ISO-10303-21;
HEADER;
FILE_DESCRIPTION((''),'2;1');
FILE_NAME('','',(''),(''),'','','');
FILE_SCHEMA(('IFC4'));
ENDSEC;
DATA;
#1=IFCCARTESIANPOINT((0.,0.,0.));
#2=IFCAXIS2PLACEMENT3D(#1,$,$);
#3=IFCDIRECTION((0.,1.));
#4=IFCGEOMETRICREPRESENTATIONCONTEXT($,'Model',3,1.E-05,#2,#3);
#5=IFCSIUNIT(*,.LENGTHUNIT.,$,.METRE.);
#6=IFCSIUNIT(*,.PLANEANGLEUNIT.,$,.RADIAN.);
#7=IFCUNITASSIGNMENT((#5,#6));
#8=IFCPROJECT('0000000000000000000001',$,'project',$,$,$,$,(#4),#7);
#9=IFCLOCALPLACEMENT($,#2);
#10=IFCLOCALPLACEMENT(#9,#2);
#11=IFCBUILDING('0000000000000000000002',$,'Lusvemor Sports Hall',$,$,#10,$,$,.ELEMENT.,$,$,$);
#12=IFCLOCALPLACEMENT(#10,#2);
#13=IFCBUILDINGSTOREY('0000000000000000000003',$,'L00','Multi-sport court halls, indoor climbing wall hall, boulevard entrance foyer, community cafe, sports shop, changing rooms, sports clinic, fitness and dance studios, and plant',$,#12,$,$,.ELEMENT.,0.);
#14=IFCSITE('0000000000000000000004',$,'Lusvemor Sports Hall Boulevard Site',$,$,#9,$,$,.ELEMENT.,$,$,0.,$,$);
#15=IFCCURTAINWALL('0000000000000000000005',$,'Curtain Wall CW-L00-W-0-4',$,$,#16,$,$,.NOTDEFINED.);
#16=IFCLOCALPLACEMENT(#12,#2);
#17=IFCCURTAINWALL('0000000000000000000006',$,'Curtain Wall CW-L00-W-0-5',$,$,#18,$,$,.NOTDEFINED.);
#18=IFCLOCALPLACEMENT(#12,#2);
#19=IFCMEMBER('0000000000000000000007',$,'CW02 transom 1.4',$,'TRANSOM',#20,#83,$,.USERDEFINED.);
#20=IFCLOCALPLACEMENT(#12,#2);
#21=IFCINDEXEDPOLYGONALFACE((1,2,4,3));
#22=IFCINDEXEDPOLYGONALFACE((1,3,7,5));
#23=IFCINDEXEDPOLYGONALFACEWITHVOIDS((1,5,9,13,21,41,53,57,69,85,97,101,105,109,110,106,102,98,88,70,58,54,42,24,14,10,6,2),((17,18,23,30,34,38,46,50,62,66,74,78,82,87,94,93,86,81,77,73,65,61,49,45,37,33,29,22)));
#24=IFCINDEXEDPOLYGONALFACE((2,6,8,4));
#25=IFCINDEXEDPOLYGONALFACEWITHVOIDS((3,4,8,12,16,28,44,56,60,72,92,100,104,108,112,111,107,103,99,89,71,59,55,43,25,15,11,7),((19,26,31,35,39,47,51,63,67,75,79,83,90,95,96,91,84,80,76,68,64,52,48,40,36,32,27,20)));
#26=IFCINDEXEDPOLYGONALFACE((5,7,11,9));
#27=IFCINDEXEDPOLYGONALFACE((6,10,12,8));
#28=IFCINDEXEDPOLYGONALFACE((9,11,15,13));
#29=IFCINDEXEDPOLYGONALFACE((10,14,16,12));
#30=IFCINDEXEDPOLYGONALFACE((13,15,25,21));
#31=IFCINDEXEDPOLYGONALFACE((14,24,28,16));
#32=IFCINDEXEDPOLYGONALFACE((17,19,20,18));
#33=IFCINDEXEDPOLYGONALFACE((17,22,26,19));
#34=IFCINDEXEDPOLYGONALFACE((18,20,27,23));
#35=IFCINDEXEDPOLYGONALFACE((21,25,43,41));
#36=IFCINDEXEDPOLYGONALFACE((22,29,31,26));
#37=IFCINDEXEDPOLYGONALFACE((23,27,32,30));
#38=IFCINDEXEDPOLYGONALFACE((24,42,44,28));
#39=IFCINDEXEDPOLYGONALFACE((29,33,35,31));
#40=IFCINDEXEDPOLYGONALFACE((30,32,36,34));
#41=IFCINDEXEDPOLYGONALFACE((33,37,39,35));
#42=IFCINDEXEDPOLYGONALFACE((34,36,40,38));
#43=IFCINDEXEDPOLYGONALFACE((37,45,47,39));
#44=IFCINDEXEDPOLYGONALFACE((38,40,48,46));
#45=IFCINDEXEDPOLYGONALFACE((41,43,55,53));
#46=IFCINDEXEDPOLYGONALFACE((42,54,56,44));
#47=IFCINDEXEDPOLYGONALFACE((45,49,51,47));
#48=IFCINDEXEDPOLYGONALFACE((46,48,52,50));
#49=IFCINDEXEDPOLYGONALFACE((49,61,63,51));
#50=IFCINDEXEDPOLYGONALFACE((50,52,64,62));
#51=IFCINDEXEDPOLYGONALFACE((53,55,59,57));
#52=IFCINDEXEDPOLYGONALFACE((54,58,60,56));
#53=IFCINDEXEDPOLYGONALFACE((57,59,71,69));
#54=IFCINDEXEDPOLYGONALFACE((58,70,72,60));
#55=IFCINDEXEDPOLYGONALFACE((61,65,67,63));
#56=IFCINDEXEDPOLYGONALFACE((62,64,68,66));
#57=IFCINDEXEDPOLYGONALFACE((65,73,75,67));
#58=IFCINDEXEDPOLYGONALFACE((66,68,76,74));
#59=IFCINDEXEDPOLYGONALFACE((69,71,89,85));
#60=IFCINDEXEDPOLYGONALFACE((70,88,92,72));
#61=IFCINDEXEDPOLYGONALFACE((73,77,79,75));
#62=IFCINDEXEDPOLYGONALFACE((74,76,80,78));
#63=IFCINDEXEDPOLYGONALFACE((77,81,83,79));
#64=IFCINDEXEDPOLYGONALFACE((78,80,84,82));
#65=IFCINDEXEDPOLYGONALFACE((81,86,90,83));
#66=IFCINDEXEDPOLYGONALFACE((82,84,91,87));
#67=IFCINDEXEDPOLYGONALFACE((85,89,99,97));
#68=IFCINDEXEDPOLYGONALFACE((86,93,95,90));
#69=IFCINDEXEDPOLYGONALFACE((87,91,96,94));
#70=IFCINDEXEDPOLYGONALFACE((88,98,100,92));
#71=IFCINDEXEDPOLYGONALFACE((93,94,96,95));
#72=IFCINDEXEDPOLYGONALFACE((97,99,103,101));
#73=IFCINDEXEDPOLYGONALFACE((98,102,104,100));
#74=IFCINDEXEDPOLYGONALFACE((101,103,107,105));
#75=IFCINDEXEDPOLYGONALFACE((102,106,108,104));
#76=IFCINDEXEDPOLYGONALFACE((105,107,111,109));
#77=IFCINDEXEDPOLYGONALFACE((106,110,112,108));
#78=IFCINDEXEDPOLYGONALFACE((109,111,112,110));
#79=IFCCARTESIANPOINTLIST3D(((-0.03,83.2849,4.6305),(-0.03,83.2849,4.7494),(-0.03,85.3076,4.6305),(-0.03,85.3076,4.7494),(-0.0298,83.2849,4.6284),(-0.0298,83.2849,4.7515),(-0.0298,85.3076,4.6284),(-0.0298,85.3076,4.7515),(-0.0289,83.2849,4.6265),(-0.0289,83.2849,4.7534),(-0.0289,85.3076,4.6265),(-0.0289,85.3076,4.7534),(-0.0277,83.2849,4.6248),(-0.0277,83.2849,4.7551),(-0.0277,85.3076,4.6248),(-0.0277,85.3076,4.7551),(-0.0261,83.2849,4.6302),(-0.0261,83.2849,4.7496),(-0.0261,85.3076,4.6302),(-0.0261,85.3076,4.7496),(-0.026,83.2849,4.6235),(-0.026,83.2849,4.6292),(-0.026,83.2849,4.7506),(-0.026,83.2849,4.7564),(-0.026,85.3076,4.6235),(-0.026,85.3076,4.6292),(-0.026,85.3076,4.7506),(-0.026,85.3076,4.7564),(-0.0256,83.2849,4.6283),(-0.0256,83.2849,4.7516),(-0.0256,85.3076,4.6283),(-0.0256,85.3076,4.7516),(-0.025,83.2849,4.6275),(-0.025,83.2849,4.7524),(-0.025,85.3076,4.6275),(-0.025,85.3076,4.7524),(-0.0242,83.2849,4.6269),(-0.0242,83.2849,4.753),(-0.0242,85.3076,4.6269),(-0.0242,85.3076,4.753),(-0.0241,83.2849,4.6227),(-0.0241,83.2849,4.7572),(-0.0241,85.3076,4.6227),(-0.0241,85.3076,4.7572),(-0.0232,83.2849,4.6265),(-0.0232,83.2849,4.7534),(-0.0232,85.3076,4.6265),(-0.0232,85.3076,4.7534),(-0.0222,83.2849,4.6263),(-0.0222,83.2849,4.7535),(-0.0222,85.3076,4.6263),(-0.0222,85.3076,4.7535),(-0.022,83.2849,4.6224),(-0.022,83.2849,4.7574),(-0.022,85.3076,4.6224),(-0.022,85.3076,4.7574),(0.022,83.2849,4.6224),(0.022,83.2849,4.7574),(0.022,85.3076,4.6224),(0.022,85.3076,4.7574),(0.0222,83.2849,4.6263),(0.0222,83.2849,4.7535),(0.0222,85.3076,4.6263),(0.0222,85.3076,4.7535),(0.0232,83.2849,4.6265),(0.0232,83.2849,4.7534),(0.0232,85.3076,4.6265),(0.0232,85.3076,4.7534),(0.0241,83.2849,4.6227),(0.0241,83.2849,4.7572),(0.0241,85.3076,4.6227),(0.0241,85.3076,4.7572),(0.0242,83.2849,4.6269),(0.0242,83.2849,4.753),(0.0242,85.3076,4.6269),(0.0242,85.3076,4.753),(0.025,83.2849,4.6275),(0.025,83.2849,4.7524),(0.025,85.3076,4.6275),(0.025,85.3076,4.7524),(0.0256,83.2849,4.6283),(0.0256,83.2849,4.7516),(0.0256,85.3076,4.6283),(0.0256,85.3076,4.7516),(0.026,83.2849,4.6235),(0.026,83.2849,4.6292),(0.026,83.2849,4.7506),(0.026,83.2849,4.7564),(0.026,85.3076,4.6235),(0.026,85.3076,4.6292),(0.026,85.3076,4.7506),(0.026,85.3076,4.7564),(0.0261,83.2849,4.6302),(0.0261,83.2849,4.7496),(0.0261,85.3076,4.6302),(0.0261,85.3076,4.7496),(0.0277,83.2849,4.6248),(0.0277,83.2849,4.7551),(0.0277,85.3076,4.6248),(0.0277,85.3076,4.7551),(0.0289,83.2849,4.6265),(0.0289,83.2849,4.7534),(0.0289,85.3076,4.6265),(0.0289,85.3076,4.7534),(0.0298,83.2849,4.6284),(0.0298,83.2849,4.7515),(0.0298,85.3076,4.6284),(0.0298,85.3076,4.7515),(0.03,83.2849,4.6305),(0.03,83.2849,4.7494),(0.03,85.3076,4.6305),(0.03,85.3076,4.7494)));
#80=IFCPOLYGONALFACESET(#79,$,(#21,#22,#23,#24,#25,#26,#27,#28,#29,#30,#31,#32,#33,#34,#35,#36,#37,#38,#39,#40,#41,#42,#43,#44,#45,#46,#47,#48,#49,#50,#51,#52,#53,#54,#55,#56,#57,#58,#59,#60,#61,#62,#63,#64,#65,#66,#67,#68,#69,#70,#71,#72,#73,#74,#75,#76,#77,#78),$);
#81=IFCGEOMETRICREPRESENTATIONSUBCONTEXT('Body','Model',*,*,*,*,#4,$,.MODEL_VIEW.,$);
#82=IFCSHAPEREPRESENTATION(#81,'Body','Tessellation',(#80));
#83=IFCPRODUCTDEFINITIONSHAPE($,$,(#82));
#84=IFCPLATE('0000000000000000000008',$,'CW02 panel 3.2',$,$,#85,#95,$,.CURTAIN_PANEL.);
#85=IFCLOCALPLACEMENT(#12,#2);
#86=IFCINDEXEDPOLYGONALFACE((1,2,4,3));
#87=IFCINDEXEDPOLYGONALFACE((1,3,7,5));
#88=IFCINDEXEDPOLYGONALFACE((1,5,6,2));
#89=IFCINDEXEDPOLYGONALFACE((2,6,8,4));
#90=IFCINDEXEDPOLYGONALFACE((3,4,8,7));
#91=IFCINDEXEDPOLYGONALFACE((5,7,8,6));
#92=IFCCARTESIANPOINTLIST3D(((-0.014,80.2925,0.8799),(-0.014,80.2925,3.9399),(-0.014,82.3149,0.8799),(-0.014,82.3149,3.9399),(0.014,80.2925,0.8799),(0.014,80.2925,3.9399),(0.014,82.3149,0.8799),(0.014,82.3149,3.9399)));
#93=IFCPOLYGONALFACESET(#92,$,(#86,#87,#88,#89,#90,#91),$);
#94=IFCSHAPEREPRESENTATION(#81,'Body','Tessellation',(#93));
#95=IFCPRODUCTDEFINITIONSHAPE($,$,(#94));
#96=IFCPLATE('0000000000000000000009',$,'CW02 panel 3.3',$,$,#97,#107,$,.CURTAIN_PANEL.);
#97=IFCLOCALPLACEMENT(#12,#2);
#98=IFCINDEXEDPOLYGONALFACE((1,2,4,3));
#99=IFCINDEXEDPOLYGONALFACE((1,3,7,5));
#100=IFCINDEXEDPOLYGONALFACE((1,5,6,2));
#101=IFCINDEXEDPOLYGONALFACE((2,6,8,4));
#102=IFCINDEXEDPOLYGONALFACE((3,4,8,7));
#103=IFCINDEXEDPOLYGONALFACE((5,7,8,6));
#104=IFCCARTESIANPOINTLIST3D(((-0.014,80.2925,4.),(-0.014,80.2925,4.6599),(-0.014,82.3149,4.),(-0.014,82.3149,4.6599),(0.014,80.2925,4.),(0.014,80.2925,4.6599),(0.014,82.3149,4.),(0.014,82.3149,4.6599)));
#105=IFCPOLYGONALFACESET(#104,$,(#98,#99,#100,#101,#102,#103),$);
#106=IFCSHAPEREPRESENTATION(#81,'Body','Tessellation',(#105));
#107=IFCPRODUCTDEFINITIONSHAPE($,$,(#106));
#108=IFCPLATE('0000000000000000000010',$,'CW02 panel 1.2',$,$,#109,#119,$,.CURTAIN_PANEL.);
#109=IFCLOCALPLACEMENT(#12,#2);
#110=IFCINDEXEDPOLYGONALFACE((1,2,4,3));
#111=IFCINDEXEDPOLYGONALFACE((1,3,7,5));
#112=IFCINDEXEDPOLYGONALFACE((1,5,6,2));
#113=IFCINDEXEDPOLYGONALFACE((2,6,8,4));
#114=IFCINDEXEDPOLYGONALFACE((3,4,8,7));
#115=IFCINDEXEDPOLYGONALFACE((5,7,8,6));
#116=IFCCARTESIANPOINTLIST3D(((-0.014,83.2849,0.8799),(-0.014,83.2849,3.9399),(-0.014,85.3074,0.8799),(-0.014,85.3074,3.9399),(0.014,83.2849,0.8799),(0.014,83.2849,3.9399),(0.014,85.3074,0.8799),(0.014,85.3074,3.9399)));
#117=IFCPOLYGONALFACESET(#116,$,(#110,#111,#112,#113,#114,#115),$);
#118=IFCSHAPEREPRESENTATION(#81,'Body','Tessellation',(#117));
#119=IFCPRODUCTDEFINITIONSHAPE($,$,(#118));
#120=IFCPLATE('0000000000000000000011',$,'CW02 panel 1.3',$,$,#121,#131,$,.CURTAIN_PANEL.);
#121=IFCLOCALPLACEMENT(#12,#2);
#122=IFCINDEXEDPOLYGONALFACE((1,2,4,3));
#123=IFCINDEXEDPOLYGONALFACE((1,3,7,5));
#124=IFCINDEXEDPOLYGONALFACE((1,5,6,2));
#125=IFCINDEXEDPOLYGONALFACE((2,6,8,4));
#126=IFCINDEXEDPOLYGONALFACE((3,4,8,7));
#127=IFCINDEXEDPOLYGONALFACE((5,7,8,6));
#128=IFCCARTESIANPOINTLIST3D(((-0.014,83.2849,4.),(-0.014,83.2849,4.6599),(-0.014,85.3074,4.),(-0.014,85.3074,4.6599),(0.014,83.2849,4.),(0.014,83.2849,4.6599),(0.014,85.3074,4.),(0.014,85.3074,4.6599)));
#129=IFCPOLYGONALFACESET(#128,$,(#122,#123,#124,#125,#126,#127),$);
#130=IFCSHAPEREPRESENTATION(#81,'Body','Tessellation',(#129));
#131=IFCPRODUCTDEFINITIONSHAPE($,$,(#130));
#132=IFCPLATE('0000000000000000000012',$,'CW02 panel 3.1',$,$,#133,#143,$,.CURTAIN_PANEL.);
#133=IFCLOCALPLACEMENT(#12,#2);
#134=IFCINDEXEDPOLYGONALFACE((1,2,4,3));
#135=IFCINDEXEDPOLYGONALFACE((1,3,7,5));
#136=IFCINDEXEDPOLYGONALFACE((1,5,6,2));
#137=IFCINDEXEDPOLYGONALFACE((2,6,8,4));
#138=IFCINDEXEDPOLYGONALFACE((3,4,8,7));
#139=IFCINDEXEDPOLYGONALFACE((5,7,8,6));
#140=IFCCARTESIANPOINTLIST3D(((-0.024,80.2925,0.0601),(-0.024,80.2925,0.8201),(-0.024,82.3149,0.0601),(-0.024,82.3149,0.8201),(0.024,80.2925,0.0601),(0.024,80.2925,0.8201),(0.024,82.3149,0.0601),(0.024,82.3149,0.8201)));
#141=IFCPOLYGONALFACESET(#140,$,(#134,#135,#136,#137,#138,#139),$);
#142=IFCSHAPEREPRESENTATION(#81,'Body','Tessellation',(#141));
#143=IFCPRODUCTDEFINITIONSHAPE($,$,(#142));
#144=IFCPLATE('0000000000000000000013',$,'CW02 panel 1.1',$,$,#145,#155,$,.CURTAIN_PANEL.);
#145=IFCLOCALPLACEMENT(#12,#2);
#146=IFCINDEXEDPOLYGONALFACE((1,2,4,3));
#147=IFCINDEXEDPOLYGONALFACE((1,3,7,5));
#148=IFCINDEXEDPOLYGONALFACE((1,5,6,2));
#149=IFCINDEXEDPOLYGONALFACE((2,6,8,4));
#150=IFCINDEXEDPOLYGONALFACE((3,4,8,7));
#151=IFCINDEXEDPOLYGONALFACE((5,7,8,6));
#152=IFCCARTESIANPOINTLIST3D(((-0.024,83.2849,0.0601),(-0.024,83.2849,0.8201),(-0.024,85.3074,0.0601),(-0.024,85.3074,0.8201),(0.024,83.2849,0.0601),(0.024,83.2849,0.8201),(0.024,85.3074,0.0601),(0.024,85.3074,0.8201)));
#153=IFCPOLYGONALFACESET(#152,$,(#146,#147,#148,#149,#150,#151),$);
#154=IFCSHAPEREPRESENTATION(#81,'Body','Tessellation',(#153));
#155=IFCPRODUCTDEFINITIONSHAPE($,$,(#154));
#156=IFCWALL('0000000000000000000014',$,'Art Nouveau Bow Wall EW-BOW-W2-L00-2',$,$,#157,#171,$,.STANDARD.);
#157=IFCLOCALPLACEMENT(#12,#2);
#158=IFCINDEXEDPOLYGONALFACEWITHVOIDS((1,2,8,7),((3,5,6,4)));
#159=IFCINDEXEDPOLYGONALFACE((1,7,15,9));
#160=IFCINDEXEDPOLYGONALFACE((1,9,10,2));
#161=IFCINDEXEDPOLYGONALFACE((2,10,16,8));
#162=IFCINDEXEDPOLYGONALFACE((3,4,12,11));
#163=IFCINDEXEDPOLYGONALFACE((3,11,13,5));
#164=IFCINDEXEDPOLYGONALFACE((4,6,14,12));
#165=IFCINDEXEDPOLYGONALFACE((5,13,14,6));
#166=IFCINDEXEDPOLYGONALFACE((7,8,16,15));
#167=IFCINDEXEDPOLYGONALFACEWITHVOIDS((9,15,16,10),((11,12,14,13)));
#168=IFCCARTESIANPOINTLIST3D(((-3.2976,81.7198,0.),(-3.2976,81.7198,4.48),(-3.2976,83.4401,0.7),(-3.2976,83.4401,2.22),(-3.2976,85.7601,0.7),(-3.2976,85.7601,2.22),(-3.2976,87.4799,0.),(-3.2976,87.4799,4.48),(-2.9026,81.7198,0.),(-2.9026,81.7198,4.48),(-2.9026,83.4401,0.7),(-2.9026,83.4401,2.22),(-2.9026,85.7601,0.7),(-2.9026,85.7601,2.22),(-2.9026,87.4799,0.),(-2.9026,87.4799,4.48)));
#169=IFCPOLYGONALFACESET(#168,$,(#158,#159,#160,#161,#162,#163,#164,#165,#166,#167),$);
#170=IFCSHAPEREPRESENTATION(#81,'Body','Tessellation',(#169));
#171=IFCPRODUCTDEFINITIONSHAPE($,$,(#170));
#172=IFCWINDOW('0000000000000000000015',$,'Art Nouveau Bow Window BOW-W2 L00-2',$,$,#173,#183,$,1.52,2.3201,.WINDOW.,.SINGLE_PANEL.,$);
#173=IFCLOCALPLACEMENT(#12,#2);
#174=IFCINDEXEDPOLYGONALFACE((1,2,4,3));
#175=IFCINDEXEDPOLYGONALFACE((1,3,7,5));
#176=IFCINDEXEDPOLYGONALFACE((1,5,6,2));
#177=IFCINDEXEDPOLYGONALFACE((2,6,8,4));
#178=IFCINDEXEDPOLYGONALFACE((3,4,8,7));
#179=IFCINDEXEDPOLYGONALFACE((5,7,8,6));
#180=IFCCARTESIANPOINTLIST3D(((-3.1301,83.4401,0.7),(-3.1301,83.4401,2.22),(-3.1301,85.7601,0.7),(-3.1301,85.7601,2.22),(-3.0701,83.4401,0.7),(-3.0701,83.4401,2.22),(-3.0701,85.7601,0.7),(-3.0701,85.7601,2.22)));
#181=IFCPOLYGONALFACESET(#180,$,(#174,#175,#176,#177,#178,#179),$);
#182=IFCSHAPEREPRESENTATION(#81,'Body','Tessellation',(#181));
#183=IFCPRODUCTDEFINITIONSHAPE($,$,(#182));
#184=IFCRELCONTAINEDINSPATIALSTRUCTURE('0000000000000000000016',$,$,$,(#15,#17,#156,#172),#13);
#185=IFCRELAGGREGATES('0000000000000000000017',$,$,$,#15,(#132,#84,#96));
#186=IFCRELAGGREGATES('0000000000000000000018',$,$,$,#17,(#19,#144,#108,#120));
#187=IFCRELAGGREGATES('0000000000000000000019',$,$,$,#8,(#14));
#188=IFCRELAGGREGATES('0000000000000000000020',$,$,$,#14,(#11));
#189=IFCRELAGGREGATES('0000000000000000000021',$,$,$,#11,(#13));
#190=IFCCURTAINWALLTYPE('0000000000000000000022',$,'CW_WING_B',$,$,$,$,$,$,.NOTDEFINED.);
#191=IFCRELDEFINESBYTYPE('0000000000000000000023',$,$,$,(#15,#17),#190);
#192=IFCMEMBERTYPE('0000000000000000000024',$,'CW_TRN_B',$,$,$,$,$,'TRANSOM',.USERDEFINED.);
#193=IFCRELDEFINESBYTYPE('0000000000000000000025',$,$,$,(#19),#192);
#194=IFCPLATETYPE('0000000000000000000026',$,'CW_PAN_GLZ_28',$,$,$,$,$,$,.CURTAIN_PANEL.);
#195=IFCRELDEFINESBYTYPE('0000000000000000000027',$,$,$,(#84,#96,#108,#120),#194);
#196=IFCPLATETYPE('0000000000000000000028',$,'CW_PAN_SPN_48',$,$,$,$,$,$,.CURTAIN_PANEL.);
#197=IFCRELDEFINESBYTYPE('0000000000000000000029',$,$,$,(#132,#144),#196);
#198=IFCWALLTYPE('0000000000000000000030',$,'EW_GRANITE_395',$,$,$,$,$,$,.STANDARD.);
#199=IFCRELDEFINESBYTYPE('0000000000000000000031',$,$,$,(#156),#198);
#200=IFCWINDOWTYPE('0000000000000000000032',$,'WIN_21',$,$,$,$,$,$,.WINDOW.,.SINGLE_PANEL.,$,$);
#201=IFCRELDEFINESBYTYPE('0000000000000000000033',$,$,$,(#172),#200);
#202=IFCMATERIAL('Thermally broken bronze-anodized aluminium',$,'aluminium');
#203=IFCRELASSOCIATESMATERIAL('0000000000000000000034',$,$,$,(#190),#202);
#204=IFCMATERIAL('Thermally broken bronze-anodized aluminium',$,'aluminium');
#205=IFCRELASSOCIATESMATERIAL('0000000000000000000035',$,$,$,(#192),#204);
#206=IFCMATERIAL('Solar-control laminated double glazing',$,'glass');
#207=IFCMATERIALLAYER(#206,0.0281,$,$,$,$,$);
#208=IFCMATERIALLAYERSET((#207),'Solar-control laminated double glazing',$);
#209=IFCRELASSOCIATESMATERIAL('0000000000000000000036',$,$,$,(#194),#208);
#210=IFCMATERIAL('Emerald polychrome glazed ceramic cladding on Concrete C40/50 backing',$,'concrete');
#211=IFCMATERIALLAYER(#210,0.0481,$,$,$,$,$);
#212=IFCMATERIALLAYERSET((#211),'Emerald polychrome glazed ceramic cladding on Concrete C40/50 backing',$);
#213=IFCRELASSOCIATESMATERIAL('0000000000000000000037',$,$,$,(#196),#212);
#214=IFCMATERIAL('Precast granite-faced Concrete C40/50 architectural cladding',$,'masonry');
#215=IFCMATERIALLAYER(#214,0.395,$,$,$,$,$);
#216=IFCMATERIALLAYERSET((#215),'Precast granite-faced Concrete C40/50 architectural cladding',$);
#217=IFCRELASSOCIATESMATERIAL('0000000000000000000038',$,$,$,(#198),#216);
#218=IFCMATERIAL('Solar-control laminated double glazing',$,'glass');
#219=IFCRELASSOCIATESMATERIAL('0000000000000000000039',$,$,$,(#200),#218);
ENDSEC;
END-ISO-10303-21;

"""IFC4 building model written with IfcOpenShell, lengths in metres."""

from ifc_helpers import new_model, si_unit, direction, frame, frame_2d, origin, origin_2d, place, context, subcontext, project, spatial, rectangle, hollow_rectangle, extrude, material, layer, layer_set, material_profile, profile_set, type_object, element, fill, aggregate, save


model = new_model("IFC4")

# Units and contexts
model_context = context("Model", 3, precision=1e-05, world=origin(), true_north=direction((0.0, 1.0)))
body_context = subcontext(model_context, "Body", "Model", "MODEL_VIEW")
ifc_project = project(units=[si_unit("LENGTHUNIT", "METRE"), si_unit("PLANEANGLEUNIT", "RADIAN")], contexts=[model_context])

# Site, building, storey
site_placement = place(None, origin())
site = spatial("IfcSite", under=ifc_project, at=site_placement, Name="Lusvemor Sports Hall Boulevard Site", CompositionType="ELEMENT", RefElevation=0.0)
building_placement = place(site_placement, origin())
building = spatial("IfcBuilding", under=site, at=building_placement, Name="Lusvemor Sports Hall", CompositionType="ELEMENT")
storey_placement = place(building_placement, origin())
storey = spatial("IfcBuildingStorey", under=building, at=storey_placement, Name="L00", Description="Multi-sport court halls, indoor climbing wall hall, boulevard entrance foyer, community cafe, sports shop, changing rooms, sports clinic, fitness and dance studios, and plant", CompositionType="ELEMENT", Elevation=0.0)

# Curtain wall
ifc_material_1 = material(Name="Thermally broken bronze-anodized aluminium", Category="aluminium")
curtain_wall_type = type_object("IfcCurtainWallType", Name="CW_WING_B", PredefinedType="NOTDEFINED", material=ifc_material_1)
curtain_wall_1_placement = place(storey_placement, origin())
curtain_wall_1 = element("IfcCurtainWall", 1, at=curtain_wall_1_placement, inside=storey, type_object=curtain_wall_type, Name="Curtain Wall CW-L00-W-0-4", PredefinedType="NOTDEFINED")

# Curtain wall
curtain_wall_2_placement = place(storey_placement, origin())
curtain_wall_2 = element("IfcCurtainWall", 2, at=curtain_wall_2_placement, inside=storey, type_object=curtain_wall_type, Name="Curtain Wall CW-L00-W-0-5", PredefinedType="NOTDEFINED")

# Member
ifc_material_2 = material(Name="Thermally broken bronze-anodized aluminium", Category="aluminium")
ifc_material_profile_1 = material_profile(ifc_material_2, hollow_rectangle(XDim=0.0601, YDim=0.135, WallThickness=0.0039, InnerFilletRadius=0.0039, OuterFilletRadius=0.0081, at=origin_2d()), Name="CWTRN135x60x4")
ifc_profile_set_1 = profile_set([ifc_material_profile_1], Name="Thermally broken bronze-anodized aluminium")
member_type_1 = type_object("IfcMemberType", Name="CW_TRN_B", ElementType="TRANSOM", PredefinedType="USERDEFINED", material=ifc_profile_set_1)
member_1_placement = place(storey_placement, frame((0.0, 83.2849, 4.6899), z_axis=(0.0, 1.0, 0.0), x_axis=(-1.0, 0.0, 0.0)))
member_1 = element("IfcMember", 3, at=member_1_placement, type_object=member_type_1, Name="CW02 transom 1.4", ObjectType="TRANSOM", PredefinedType="USERDEFINED", context=body_context, shape_type="SweptSolid", body=[
    extrude(hollow_rectangle(XDim=0.0601, YDim=0.135, WallThickness=0.0039, InnerFilletRadius=0.0039, OuterFilletRadius=0.0081, at=origin_2d()), origin(), (0.0, 0.0, 1.0), 2.0227),
])

# Plates
ifc_material_3 = material(Name="Solar-control laminated double glazing", Category="glass")
ifc_layer_1 = layer(ifc_material_3, 0.0281)
ifc_layer_set_1 = layer_set([ifc_layer_1], Name="Solar-control laminated double glazing")
plate_type_1 = type_object("IfcPlateType", Name="CW_PAN_GLZ_28", PredefinedType="CURTAIN_PANEL", material=ifc_layer_set_1)
plate_1_placement = place(storey_placement, frame((0.0, 81.3037, 0.8799), z_axis=(0.0, 0.0, 1.0), x_axis=(0.0, 1.0, 0.0)))
plate_1 = element("IfcPlate", 4, at=plate_1_placement, type_object=plate_type_1, Name="CW02 panel 3.2", PredefinedType="CURTAIN_PANEL", context=body_context, shape_type="SweptSolid", body=[
    extrude(rectangle(XDim=2.0225, YDim=0.0281, at=origin_2d()), origin(), (0.0, 0.0, 1.0), 3.0601),
])
plate_2_placement = place(storey_placement, frame((0.0, 81.3037, 4.0), z_axis=(0.0, 0.0, 1.0), x_axis=(0.0, 1.0, 0.0)))
plate_2 = element("IfcPlate", 5, at=plate_2_placement, type_object=plate_type_1, Name="CW02 panel 3.3", PredefinedType="CURTAIN_PANEL", context=body_context, shape_type="SweptSolid", body=[
    extrude(rectangle(XDim=2.0225, YDim=0.0281, at=origin_2d()), origin(), (0.0, 0.0, 1.0), 0.6599),
])
plate_3_placement = place(storey_placement, frame((0.0, 84.2961, 0.8799), z_axis=(0.0, 0.0, 1.0), x_axis=(0.0, 1.0, 0.0)))
plate_3 = element("IfcPlate", 6, at=plate_3_placement, type_object=plate_type_1, Name="CW02 panel 1.2", PredefinedType="CURTAIN_PANEL", context=body_context, shape_type="SweptSolid", body=[
    extrude(rectangle(XDim=2.0225, YDim=0.0281, at=origin_2d()), origin(), (0.0, 0.0, 1.0), 3.0601),
])
plate_4_placement = place(storey_placement, frame((0.0, 84.2961, 4.0), z_axis=(0.0, 0.0, 1.0), x_axis=(0.0, 1.0, 0.0)))
plate_4 = element("IfcPlate", 7, at=plate_4_placement, type_object=plate_type_1, Name="CW02 panel 1.3", PredefinedType="CURTAIN_PANEL", context=body_context, shape_type="SweptSolid", body=[
    extrude(rectangle(XDim=2.0225, YDim=0.0281, at=origin_2d()), origin(), (0.0, 0.0, 1.0), 0.6599),
])
ifc_material_4 = material(Name="Emerald polychrome glazed ceramic cladding on Concrete C40/50 backing", Category="concrete")
ifc_layer_2 = layer(ifc_material_4, 0.0481)
ifc_layer_set_2 = layer_set([ifc_layer_2], Name="Emerald polychrome glazed ceramic cladding on Concrete C40/50 backing")
plate_type_2 = type_object("IfcPlateType", Name="CW_PAN_SPN_48", PredefinedType="CURTAIN_PANEL", material=ifc_layer_set_2)
plate_5_placement = place(storey_placement, frame((0.0, 81.3037, 0.0601), z_axis=(0.0, 0.0, 1.0), x_axis=(0.0, 1.0, 0.0)))
plate_5 = element("IfcPlate", 8, at=plate_5_placement, type_object=plate_type_2, Name="CW02 panel 3.1", PredefinedType="CURTAIN_PANEL", context=body_context, shape_type="SweptSolid", body=[
    extrude(rectangle(XDim=2.0225, YDim=0.0481, at=origin_2d()), origin(), (0.0, 0.0, 1.0), 0.76),
])
aggregate(curtain_wall_1, [plate_5, plate_1, plate_2])
plate_6_placement = place(storey_placement, frame((0.0, 84.2961, 0.0601), z_axis=(0.0, 0.0, 1.0), x_axis=(0.0, 1.0, 0.0)))
plate_6 = element("IfcPlate", 9, at=plate_6_placement, type_object=plate_type_2, Name="CW02 panel 1.1", PredefinedType="CURTAIN_PANEL", context=body_context, shape_type="SweptSolid", body=[
    extrude(rectangle(XDim=2.0225, YDim=0.0481, at=origin_2d()), origin(), (0.0, 0.0, 1.0), 0.76),
])
aggregate(curtain_wall_2, [member_1, plate_6, plate_3, plate_4])

# Wall, opening, window
ifc_material_5 = material(Name="Precast granite-faced Concrete C40/50 architectural cladding", Category="masonry")
ifc_layer_3 = layer(ifc_material_5, 0.395)
ifc_layer_set_3 = layer_set([ifc_layer_3], Name="Precast granite-faced Concrete C40/50 architectural cladding")
wall_type = type_object("IfcWallType", Name="EW_GRANITE_395", PredefinedType="STANDARD", material=ifc_layer_set_3)
wall_placement = place(storey_placement, frame((-3.1001, 81.72, 0.0), z_axis=(0.0, 0.0, 1.0), x_axis=(0.0, 1.0, 0.0)))
wall = element("IfcWall", 10, at=wall_placement, inside=storey, type_object=wall_type, Name="Art Nouveau Bow Wall EW-BOW-W2-L00-2", PredefinedType="STANDARD", context=body_context, shape_type="SweptSolid", body=[
    extrude(rectangle(XDim=5.76, YDim=0.395, at=frame_2d((2.8799, 0.0))), origin(), (0.0, 0.0, 1.0), 4.48),
])
opening_placement = place(wall_placement, frame((1.72, 0.0, 0.7)))
opening = element("IfcOpeningElement", 11, at=opening_placement, cuts=wall, PredefinedType="OPENING", context=body_context, shape_type="SweptSolid", body=[
    extrude(rectangle(XDim=2.3201, YDim=1.52, at=frame_2d((1.1602, 0.76))), frame((0.0, 0.1975, 0.0), z_axis=(0.0, -1.0, 0.0), x_axis=(1.0, 0.0, 0.0)), (0.0, 0.0, 1.0), 0.395),
])
ifc_material_6 = material(Name="Solar-control laminated double glazing", Category="glass")
window_type = type_object("IfcWindowType", Name="WIN_21", PartitioningType="SINGLE_PANEL", PredefinedType="WINDOW", material=ifc_material_6)
window_placement = place(opening_placement, origin())
window = element("IfcWindow", 12, at=window_placement, inside=storey, type_object=window_type, Name="Art Nouveau Bow Window BOW-W2 L00-2", OverallHeight=1.52, OverallWidth=2.3201, PartitioningType="SINGLE_PANEL", PredefinedType="WINDOW", context=body_context, shape_type="SweptSolid", body=[
    extrude(rectangle(XDim=2.3201, YDim=1.52, at=frame_2d((1.1602, 0.76))), frame((0.0, 0.03, 0.0), z_axis=(0.0, -1.0, 0.0), x_axis=(1.0, 0.0, 0.0)), (0.0, 0.0, 1.0), 0.0601),
])
fill(opening, window)

save(model, "model.ifc")
